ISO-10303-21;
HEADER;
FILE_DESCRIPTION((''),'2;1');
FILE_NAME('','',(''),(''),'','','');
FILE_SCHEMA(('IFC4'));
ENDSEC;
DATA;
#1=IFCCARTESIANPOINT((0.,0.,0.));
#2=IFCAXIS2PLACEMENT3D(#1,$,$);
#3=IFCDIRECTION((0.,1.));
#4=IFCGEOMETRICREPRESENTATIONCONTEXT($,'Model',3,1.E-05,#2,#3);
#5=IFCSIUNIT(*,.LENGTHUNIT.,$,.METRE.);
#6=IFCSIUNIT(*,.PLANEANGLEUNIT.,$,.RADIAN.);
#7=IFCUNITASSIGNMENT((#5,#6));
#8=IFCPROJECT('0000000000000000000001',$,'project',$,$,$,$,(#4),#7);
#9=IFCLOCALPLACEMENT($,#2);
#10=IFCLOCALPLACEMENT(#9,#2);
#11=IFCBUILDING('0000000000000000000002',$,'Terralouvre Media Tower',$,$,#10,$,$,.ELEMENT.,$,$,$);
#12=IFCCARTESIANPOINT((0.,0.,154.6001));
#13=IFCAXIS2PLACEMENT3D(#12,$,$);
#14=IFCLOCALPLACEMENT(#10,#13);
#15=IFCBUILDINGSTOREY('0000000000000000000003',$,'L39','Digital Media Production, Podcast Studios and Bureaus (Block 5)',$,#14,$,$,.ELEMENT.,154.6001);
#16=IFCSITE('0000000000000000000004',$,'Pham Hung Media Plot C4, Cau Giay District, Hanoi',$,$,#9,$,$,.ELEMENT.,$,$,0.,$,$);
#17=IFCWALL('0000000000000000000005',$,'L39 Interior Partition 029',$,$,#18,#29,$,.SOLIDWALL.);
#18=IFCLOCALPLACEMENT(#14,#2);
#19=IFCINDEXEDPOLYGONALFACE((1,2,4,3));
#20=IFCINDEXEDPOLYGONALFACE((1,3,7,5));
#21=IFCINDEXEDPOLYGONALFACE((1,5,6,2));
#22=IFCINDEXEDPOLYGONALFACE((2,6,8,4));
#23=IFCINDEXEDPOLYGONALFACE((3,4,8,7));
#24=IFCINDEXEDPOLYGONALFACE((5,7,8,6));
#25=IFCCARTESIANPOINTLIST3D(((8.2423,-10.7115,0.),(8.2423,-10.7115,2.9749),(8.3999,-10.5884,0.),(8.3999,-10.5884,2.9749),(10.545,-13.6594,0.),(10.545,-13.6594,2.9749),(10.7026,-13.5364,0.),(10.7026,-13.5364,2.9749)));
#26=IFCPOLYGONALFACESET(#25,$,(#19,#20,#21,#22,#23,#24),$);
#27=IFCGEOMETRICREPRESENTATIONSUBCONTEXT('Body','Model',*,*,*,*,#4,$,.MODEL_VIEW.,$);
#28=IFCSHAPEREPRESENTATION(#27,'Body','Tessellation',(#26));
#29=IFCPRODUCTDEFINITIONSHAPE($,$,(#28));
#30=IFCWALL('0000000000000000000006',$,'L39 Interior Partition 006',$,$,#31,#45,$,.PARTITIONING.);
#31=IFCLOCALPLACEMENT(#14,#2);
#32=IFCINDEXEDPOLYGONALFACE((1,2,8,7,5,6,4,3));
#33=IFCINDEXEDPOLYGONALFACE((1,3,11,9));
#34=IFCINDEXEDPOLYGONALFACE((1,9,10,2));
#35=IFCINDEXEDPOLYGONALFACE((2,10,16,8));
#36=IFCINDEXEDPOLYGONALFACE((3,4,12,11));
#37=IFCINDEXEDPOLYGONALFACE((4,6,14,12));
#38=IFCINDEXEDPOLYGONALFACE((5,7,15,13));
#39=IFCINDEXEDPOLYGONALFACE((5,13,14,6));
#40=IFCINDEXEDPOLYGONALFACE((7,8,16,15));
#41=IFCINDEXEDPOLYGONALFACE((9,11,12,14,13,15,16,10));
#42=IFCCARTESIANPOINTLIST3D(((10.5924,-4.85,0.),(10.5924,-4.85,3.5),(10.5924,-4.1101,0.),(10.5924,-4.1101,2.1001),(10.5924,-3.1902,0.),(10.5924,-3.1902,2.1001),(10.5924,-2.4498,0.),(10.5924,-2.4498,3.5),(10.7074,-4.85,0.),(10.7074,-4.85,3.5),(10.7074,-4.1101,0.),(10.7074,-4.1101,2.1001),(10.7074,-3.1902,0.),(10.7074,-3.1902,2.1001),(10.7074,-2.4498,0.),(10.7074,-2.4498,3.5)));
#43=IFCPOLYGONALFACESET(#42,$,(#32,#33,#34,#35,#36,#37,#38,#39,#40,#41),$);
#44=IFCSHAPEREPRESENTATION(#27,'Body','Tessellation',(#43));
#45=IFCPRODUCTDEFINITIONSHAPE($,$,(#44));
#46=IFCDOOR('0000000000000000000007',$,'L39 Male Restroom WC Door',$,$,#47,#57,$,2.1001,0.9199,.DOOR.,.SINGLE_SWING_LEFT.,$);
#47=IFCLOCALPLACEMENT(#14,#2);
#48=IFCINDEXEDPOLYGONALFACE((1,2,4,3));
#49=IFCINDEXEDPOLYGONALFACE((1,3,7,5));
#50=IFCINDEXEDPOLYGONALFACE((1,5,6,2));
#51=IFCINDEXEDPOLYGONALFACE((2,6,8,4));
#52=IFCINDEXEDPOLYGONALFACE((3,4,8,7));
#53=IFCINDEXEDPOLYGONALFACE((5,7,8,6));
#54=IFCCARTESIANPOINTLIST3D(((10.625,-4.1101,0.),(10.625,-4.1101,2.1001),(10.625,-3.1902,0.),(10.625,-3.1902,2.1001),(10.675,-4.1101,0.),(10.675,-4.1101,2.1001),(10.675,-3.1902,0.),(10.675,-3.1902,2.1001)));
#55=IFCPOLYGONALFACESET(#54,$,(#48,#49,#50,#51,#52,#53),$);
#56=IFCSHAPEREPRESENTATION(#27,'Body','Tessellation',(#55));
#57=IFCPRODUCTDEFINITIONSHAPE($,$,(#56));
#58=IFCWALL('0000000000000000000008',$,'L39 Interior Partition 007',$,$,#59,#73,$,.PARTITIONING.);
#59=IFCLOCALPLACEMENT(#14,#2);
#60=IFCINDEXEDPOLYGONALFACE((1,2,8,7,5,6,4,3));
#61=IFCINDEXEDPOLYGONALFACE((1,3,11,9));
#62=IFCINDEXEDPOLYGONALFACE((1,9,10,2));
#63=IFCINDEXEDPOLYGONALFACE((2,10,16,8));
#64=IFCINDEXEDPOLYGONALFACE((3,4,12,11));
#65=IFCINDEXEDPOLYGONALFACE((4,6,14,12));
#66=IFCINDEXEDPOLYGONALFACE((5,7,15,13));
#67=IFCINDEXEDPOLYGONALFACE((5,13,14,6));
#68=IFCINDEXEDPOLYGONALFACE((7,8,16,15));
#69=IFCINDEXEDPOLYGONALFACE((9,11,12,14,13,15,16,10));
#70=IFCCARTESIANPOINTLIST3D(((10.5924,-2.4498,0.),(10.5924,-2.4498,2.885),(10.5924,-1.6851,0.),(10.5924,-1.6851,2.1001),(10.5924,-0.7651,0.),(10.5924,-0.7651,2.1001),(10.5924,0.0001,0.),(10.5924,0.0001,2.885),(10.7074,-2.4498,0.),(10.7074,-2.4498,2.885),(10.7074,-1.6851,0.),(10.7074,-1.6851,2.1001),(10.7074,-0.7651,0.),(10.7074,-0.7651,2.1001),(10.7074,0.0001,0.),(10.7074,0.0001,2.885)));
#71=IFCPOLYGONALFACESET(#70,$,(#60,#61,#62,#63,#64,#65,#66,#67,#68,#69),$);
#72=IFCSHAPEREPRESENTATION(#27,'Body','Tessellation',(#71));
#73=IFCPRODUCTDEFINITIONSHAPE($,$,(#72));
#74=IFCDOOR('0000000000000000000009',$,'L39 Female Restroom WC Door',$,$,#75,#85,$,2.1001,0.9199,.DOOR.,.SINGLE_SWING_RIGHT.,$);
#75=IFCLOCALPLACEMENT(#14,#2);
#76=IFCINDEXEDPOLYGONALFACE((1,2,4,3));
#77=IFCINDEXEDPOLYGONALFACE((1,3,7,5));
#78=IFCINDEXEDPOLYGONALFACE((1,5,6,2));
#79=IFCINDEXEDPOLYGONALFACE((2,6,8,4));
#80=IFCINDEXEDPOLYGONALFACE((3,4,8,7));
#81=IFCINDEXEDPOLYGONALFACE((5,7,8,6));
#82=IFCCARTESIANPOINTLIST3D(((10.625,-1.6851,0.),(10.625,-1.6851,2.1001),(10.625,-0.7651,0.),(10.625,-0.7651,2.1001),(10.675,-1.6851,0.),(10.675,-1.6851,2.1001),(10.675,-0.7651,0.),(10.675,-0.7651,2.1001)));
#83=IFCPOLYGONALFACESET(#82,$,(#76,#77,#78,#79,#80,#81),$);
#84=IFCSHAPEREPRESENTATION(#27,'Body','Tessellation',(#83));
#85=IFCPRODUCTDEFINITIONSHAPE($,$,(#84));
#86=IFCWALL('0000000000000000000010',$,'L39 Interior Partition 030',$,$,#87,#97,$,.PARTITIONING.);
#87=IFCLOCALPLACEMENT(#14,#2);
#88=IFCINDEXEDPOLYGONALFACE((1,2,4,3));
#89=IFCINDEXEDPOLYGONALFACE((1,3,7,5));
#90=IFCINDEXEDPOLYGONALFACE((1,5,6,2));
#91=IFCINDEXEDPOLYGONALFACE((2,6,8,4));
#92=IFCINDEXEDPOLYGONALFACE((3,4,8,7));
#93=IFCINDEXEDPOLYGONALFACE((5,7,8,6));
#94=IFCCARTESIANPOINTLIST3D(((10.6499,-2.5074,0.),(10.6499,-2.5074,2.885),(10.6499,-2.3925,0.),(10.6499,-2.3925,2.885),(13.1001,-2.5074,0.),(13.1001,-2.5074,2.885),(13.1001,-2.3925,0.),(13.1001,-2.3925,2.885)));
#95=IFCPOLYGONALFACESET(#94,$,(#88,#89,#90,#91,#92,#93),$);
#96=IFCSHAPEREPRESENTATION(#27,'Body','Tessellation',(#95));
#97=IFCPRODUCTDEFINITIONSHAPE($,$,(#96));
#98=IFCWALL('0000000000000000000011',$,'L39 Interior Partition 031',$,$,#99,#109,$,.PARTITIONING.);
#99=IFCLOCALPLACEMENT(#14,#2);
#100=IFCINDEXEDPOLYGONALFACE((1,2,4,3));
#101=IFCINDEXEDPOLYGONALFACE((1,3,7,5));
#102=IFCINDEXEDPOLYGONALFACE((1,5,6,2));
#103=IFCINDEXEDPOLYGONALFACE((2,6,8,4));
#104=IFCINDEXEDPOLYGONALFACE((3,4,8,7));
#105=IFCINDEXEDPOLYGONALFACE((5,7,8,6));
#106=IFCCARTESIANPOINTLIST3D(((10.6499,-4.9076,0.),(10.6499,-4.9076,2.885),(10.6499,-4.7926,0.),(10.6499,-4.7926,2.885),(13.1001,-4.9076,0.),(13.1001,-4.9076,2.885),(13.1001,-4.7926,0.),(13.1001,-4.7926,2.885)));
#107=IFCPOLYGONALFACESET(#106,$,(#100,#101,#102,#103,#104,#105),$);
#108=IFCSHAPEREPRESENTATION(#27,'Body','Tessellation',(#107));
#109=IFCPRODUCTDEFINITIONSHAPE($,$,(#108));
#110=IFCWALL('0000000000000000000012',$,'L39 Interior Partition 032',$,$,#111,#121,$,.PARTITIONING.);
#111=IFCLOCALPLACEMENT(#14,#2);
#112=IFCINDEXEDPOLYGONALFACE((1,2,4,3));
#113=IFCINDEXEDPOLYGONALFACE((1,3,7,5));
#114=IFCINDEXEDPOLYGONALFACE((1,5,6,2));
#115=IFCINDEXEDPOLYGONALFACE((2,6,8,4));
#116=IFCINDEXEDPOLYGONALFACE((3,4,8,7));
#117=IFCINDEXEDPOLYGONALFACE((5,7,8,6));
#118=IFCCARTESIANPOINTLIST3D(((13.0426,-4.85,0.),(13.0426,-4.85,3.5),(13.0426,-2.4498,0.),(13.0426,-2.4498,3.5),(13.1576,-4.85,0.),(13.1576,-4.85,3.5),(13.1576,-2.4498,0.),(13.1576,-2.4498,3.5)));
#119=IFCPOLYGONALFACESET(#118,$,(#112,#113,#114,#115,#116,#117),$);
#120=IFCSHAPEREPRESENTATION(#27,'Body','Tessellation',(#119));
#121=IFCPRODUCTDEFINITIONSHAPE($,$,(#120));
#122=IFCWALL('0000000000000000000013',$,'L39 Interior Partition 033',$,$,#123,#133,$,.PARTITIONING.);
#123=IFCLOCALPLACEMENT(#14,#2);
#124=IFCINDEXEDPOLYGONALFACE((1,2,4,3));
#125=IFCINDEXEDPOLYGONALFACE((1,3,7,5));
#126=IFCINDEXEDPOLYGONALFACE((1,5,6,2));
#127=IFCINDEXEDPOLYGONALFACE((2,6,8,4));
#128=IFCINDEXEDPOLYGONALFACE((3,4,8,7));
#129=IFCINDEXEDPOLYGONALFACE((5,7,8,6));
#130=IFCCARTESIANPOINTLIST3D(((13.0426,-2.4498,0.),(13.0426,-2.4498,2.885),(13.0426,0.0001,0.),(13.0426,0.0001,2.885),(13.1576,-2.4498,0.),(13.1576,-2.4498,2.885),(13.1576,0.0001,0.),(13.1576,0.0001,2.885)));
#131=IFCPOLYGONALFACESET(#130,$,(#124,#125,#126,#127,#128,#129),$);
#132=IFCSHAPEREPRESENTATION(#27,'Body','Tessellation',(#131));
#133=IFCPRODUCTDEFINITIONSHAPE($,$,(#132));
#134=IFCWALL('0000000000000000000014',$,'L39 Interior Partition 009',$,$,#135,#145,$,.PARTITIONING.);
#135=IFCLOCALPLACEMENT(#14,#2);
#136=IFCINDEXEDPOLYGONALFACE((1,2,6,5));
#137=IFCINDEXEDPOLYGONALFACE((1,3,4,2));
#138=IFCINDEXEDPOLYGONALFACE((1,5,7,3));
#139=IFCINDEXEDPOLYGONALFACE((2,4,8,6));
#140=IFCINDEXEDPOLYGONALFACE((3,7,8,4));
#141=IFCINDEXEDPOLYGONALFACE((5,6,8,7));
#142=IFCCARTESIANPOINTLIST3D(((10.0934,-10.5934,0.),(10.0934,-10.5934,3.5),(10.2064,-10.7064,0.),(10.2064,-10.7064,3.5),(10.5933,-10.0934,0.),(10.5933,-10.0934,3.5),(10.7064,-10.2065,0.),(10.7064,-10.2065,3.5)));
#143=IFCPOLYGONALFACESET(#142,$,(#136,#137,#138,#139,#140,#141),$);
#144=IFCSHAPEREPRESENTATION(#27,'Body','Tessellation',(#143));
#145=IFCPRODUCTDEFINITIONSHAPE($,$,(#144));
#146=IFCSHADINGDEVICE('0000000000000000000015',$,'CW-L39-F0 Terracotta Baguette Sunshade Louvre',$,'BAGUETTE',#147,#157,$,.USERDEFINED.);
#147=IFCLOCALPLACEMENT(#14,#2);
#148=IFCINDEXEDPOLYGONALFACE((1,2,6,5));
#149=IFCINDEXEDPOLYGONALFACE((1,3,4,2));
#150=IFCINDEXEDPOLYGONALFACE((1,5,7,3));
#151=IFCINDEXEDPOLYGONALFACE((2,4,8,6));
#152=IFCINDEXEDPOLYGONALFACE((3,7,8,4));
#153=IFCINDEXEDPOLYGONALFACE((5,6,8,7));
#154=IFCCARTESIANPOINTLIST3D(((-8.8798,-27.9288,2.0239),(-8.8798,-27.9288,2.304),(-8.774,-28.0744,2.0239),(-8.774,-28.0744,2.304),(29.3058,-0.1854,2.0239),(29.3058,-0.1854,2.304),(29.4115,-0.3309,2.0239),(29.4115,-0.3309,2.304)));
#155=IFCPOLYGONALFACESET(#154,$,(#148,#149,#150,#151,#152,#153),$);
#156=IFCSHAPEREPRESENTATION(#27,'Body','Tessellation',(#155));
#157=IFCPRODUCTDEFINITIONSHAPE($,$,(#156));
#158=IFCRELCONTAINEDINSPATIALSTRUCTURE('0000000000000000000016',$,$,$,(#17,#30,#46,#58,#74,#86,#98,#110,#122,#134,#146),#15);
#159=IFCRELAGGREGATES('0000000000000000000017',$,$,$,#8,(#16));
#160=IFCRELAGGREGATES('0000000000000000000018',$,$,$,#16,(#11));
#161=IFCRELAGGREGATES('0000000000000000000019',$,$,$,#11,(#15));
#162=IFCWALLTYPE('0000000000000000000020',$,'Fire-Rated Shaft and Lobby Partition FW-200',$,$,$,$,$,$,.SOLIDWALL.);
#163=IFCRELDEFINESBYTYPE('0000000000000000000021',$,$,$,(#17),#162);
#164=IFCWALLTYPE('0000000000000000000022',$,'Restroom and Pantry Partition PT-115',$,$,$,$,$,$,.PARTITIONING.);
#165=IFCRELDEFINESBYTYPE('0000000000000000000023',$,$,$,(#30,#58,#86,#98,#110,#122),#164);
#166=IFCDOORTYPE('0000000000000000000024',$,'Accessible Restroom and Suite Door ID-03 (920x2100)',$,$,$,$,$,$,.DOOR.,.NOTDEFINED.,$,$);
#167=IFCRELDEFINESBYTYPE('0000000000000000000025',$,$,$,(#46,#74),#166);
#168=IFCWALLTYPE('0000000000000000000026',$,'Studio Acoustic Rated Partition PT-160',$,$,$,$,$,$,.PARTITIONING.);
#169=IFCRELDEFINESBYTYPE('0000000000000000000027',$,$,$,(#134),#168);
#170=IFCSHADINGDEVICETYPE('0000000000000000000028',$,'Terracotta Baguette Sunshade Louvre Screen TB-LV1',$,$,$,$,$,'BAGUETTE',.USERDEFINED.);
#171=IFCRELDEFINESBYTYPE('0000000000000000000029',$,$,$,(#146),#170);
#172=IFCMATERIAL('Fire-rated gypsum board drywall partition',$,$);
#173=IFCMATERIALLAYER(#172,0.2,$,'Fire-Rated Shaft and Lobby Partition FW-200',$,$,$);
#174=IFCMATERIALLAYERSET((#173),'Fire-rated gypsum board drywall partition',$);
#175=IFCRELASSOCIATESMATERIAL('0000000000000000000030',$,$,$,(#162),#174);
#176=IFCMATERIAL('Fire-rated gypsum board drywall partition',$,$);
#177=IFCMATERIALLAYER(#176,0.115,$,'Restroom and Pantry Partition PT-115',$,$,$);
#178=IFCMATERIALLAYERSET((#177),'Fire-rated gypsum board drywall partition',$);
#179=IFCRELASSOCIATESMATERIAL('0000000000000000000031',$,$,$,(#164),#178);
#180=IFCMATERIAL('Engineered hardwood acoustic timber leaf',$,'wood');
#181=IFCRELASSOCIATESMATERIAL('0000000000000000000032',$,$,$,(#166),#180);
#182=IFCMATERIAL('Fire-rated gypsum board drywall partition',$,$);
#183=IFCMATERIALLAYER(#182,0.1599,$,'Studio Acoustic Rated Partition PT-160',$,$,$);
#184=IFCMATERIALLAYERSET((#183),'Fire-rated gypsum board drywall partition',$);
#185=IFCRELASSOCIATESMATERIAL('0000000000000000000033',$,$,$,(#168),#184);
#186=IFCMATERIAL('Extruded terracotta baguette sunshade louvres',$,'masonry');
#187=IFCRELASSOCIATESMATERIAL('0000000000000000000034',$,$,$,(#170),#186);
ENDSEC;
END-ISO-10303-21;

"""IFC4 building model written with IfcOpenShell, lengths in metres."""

from ifc_helpers import new_model, si_unit, direction, frame, frame_2d, origin, origin_2d, place, context, subcontext, project, spatial, rectangle, extrude, material, layer, layer_set, type_object, element, fill, save


model = new_model("IFC4")

# Units and contexts
model_context = context("Model", 3, precision=1e-05, world=origin(), true_north=direction((0.0, 1.0)))
body_context = subcontext(model_context, "Body", "Model", "MODEL_VIEW")
ifc_project = project(units=[si_unit("LENGTHUNIT", "METRE"), si_unit("PLANEANGLEUNIT", "RADIAN")], contexts=[model_context])

# Site, building, storey
site_placement = place(None, origin())
site = spatial("IfcSite", under=ifc_project, at=site_placement, Name="Pham Hung Media Plot C4, Cau Giay District, Hanoi", CompositionType="ELEMENT", RefElevation=0.0)
building_placement = place(site_placement, origin())
building = spatial("IfcBuilding", under=site, at=building_placement, Name="Terralouvre Media Tower", CompositionType="ELEMENT")
storey_placement = place(building_placement, frame((0.0, 0.0, 154.6001)))
storey = spatial("IfcBuildingStorey", under=building, at=storey_placement, Name="L39", Description="Digital Media Production, Podcast Studios and Bureaus (Block 5)", CompositionType="ELEMENT", Elevation=154.6001)

# Wall
ifc_material_1 = material(Name="Fire-rated gypsum board drywall partition")
ifc_layer_1 = layer(ifc_material_1, 0.2, Name="Fire-Rated Shaft and Lobby Partition FW-200")
ifc_layer_set_1 = layer_set([ifc_layer_1], Name="Fire-rated gypsum board drywall partition")
wall_type_1 = type_object("IfcWallType", Name="Fire-Rated Shaft and Lobby Partition FW-200", PredefinedType="SOLIDWALL", material=ifc_layer_set_1)
wall_1_placement = place(storey_placement, frame((10.6238, -13.5979, 0.0), z_axis=(0.0, 0.0, 1.0), x_axis=(-0.615579, 0.788075, 0.0)))
element("IfcWall", 1, at=wall_1_placement, inside=storey, type_object=wall_type_1, Name="L39 Interior Partition 029", PredefinedType="SOLIDWALL", context=body_context, shape_type="SweptSolid", body=[
    extrude(rectangle(XDim=3.7407, YDim=0.2, at=frame_2d((1.8704, 0.0))), origin(), (0.0, 0.0, 1.0), 2.9749),
])

# Walls, openings, doors
ifc_material_2 = material(Name="Fire-rated gypsum board drywall partition")
ifc_layer_2 = layer(ifc_material_2, 0.115, Name="Restroom and Pantry Partition PT-115")
ifc_layer_set_2 = layer_set([ifc_layer_2], Name="Fire-rated gypsum board drywall partition")
wall_type_2 = type_object("IfcWallType", Name="Restroom and Pantry Partition PT-115", PredefinedType="PARTITIONING", material=ifc_layer_set_2)
wall_2_placement = place(storey_placement, frame((10.6499, -4.8501, 0.0), z_axis=(0.0, 0.0, 1.0), x_axis=(0.0, 1.0, 0.0)))
wall_2 = element("IfcWall", 2, at=wall_2_placement, inside=storey, type_object=wall_type_2, Name="L39 Interior Partition 006", PredefinedType="PARTITIONING", context=body_context, shape_type="SweptSolid", body=[
    extrude(rectangle(XDim=2.4001, YDim=0.115, at=frame_2d((1.2002, 0.0))), origin(), (0.0, 0.0, 1.0), 3.5),
])
opening_1_placement = place(wall_2_placement, frame((0.74, 0.0, 0.0)))
opening_1 = element("IfcOpeningElement", 3, at=opening_1_placement, cuts=wall_2, PredefinedType="OPENING", context=body_context, shape_type="SweptSolid", body=[
    extrude(rectangle(XDim=0.9199, YDim=2.1001, at=frame_2d((0.46, 1.05))), frame((0.0, 0.0674, 0.0), z_axis=(0.0, -1.0, 0.0), x_axis=(1.0, 0.0, 0.0)), (0.0, 0.0, 1.0), 0.135),
])
ifc_material_3 = material(Name="Engineered hardwood acoustic timber leaf", Category="wood")
door_type_1 = type_object("IfcDoorType", Name="Accessible Restroom and Suite Door ID-03 (920x2100)", OperationType="NOTDEFINED", PredefinedType="DOOR", material=ifc_material_3)
door_1_placement = place(opening_1_placement, origin())
door_1 = element("IfcDoor", 4, at=door_1_placement, inside=storey, type_object=door_type_1, Name="L39 Male Restroom WC Door", OperationType="SINGLE_SWING_LEFT", OverallHeight=2.1001, OverallWidth=0.9199, PredefinedType="DOOR", context=body_context, shape_type="SweptSolid", body=[
    extrude(rectangle(XDim=0.9199, YDim=2.1001, at=frame_2d((0.46, 1.05))), frame((0.0, 0.0249, 0.0), z_axis=(0.0, -1.0, 0.0), x_axis=(1.0, 0.0, 0.0)), (0.0, 0.0, 1.0), 0.05),
])
fill(opening_1, door_1)
wall_3_placement = place(storey_placement, frame((10.6499, -2.45, 0.0), z_axis=(0.0, 0.0, 1.0), x_axis=(0.0, 1.0, 0.0)))
wall_3 = element("IfcWall", 5, at=wall_3_placement, inside=storey, type_object=wall_type_2, Name="L39 Interior Partition 007", PredefinedType="PARTITIONING", context=body_context, shape_type="SweptSolid", body=[
    extrude(rectangle(XDim=2.45, YDim=0.115, at=frame_2d((1.2251, 0.0))), origin(), (0.0, 0.0, 1.0), 2.885),
])
opening_2_placement = place(wall_3_placement, frame((0.7649, 0.0, 0.0)))
opening_2 = element("IfcOpeningElement", 6, at=opening_2_placement, cuts=wall_3, PredefinedType="OPENING", context=body_context, shape_type="SweptSolid", body=[
    extrude(rectangle(XDim=0.9199, YDim=2.1001, at=frame_2d((0.46, 1.05))), frame((0.0, 0.0674, 0.0), z_axis=(0.0, -1.0, 0.0), x_axis=(1.0, 0.0, 0.0)), (0.0, 0.0, 1.0), 0.135),
])
door_2_placement = place(opening_2_placement, origin())
door_2 = element("IfcDoor", 7, at=door_2_placement, inside=storey, type_object=door_type_1, Name="L39 Female Restroom WC Door", OperationType="SINGLE_SWING_RIGHT", OverallHeight=2.1001, OverallWidth=0.9199, PredefinedType="DOOR", context=body_context, shape_type="SweptSolid", body=[
    extrude(rectangle(XDim=0.9199, YDim=2.1001, at=frame_2d((0.46, 1.05))), frame((0.0, 0.0249, 0.0), z_axis=(0.0, -1.0, 0.0), x_axis=(1.0, 0.0, 0.0)), (0.0, 0.0, 1.0), 0.05),
])
fill(opening_2, door_2)

# Walls
for number, where, z_axis, x_axis, name in (
    (8, (13.1001, -2.45, 0.0), (0.0, 0.0, 1.0), (-1.0, 0.0, 0.0), "L39 Interior Partition 030"),
    (9, (10.6499, -4.8501, 0.0), (0.0, 0.0, 1.0), (1.0, 0.0, 0.0), "L39 Interior Partition 031"),
):
    element("IfcWall", number, at=place(storey_placement, frame(where, z_axis=z_axis, x_axis=x_axis)), inside=storey, type_object=wall_type_2, Name=name, PredefinedType="PARTITIONING", context=body_context, shape_type="SweptSolid", body=[
        extrude(rectangle(XDim=2.4502, YDim=0.115, at=frame_2d((1.2251, 0.0))), origin(), (0.0, 0.0, 1.0), 2.885),
    ])
wall_4_placement = place(storey_placement, frame((13.1001, -4.8501, 0.0), z_axis=(0.0, 0.0, 1.0), x_axis=(0.0, 1.0, 0.0)))
element("IfcWall", 10, at=wall_4_placement, inside=storey, type_object=wall_type_2, Name="L39 Interior Partition 032", PredefinedType="PARTITIONING", context=body_context, shape_type="SweptSolid", body=[
    extrude(rectangle(XDim=2.4001, YDim=0.115, at=frame_2d((1.2002, 0.0))), origin(), (0.0, 0.0, 1.0), 3.5),
])
wall_5_placement = place(storey_placement, frame((13.1001, -2.45, 0.0), z_axis=(0.0, 0.0, 1.0), x_axis=(0.0, 1.0, 0.0)))
element("IfcWall", 11, at=wall_5_placement, inside=storey, type_object=wall_type_2, Name="L39 Interior Partition 033", PredefinedType="PARTITIONING", context=body_context, shape_type="SweptSolid", body=[
    extrude(rectangle(XDim=2.45, YDim=0.115, at=frame_2d((1.2251, 0.0))), origin(), (0.0, 0.0, 1.0), 2.885),
])
ifc_material_4 = material(Name="Fire-rated gypsum board drywall partition")
ifc_layer_3 = layer(ifc_material_4, 0.1599, Name="Studio Acoustic Rated Partition PT-160")
ifc_layer_set_3 = layer_set([ifc_layer_3], Name="Fire-rated gypsum board drywall partition")
wall_type_3 = type_object("IfcWallType", Name="Studio Acoustic Rated Partition PT-160", PredefinedType="PARTITIONING", material=ifc_layer_set_3)
wall_6_placement = place(storey_placement, frame((10.1499, -10.6499, 0.0), z_axis=(0.0, 0.0, 1.0), x_axis=(0.707107, 0.707107, 0.0)))
element("IfcWall", 12, at=wall_6_placement, inside=storey, type_object=wall_type_3, Name="L39 Interior Partition 009", PredefinedType="PARTITIONING", context=body_context, shape_type="SweptSolid", body=[
    extrude(rectangle(XDim=0.707, YDim=0.1599, at=frame_2d((0.3535, 0.0))), origin(), (0.0, 0.0, 1.0), 3.5),
])

# Shading device
ifc_material_5 = material(Name="Extruded terracotta baguette sunshade louvres", Category="masonry")
shading_device_type = type_object("IfcShadingDeviceType", Name="Terracotta Baguette Sunshade Louvre Screen TB-LV1", ElementType="BAGUETTE", PredefinedType="USERDEFINED", material=ifc_material_5)
shading_device_placement = place(storey_placement, frame((10.2659, -14.1299, 2.0239), z_axis=(0.0, 0.0, 1.0), x_axis=(0.809017, 0.587785, 0.0)))
element("IfcShadingDevice", 13, at=shading_device_placement, inside=storey, type_object=shading_device_type, Name="CW-L39-F0 Terracotta Baguette Sunshade Louvre", ObjectType="BAGUETTE", PredefinedType="USERDEFINED", context=body_context, shape_type="SweptSolid", body=[
    extrude(rectangle(XDim=47.2, YDim=0.1799, at=origin_2d()), origin(), (0.0, 0.0, 1.0), 0.28),
])

save(model, "model.ifc")
